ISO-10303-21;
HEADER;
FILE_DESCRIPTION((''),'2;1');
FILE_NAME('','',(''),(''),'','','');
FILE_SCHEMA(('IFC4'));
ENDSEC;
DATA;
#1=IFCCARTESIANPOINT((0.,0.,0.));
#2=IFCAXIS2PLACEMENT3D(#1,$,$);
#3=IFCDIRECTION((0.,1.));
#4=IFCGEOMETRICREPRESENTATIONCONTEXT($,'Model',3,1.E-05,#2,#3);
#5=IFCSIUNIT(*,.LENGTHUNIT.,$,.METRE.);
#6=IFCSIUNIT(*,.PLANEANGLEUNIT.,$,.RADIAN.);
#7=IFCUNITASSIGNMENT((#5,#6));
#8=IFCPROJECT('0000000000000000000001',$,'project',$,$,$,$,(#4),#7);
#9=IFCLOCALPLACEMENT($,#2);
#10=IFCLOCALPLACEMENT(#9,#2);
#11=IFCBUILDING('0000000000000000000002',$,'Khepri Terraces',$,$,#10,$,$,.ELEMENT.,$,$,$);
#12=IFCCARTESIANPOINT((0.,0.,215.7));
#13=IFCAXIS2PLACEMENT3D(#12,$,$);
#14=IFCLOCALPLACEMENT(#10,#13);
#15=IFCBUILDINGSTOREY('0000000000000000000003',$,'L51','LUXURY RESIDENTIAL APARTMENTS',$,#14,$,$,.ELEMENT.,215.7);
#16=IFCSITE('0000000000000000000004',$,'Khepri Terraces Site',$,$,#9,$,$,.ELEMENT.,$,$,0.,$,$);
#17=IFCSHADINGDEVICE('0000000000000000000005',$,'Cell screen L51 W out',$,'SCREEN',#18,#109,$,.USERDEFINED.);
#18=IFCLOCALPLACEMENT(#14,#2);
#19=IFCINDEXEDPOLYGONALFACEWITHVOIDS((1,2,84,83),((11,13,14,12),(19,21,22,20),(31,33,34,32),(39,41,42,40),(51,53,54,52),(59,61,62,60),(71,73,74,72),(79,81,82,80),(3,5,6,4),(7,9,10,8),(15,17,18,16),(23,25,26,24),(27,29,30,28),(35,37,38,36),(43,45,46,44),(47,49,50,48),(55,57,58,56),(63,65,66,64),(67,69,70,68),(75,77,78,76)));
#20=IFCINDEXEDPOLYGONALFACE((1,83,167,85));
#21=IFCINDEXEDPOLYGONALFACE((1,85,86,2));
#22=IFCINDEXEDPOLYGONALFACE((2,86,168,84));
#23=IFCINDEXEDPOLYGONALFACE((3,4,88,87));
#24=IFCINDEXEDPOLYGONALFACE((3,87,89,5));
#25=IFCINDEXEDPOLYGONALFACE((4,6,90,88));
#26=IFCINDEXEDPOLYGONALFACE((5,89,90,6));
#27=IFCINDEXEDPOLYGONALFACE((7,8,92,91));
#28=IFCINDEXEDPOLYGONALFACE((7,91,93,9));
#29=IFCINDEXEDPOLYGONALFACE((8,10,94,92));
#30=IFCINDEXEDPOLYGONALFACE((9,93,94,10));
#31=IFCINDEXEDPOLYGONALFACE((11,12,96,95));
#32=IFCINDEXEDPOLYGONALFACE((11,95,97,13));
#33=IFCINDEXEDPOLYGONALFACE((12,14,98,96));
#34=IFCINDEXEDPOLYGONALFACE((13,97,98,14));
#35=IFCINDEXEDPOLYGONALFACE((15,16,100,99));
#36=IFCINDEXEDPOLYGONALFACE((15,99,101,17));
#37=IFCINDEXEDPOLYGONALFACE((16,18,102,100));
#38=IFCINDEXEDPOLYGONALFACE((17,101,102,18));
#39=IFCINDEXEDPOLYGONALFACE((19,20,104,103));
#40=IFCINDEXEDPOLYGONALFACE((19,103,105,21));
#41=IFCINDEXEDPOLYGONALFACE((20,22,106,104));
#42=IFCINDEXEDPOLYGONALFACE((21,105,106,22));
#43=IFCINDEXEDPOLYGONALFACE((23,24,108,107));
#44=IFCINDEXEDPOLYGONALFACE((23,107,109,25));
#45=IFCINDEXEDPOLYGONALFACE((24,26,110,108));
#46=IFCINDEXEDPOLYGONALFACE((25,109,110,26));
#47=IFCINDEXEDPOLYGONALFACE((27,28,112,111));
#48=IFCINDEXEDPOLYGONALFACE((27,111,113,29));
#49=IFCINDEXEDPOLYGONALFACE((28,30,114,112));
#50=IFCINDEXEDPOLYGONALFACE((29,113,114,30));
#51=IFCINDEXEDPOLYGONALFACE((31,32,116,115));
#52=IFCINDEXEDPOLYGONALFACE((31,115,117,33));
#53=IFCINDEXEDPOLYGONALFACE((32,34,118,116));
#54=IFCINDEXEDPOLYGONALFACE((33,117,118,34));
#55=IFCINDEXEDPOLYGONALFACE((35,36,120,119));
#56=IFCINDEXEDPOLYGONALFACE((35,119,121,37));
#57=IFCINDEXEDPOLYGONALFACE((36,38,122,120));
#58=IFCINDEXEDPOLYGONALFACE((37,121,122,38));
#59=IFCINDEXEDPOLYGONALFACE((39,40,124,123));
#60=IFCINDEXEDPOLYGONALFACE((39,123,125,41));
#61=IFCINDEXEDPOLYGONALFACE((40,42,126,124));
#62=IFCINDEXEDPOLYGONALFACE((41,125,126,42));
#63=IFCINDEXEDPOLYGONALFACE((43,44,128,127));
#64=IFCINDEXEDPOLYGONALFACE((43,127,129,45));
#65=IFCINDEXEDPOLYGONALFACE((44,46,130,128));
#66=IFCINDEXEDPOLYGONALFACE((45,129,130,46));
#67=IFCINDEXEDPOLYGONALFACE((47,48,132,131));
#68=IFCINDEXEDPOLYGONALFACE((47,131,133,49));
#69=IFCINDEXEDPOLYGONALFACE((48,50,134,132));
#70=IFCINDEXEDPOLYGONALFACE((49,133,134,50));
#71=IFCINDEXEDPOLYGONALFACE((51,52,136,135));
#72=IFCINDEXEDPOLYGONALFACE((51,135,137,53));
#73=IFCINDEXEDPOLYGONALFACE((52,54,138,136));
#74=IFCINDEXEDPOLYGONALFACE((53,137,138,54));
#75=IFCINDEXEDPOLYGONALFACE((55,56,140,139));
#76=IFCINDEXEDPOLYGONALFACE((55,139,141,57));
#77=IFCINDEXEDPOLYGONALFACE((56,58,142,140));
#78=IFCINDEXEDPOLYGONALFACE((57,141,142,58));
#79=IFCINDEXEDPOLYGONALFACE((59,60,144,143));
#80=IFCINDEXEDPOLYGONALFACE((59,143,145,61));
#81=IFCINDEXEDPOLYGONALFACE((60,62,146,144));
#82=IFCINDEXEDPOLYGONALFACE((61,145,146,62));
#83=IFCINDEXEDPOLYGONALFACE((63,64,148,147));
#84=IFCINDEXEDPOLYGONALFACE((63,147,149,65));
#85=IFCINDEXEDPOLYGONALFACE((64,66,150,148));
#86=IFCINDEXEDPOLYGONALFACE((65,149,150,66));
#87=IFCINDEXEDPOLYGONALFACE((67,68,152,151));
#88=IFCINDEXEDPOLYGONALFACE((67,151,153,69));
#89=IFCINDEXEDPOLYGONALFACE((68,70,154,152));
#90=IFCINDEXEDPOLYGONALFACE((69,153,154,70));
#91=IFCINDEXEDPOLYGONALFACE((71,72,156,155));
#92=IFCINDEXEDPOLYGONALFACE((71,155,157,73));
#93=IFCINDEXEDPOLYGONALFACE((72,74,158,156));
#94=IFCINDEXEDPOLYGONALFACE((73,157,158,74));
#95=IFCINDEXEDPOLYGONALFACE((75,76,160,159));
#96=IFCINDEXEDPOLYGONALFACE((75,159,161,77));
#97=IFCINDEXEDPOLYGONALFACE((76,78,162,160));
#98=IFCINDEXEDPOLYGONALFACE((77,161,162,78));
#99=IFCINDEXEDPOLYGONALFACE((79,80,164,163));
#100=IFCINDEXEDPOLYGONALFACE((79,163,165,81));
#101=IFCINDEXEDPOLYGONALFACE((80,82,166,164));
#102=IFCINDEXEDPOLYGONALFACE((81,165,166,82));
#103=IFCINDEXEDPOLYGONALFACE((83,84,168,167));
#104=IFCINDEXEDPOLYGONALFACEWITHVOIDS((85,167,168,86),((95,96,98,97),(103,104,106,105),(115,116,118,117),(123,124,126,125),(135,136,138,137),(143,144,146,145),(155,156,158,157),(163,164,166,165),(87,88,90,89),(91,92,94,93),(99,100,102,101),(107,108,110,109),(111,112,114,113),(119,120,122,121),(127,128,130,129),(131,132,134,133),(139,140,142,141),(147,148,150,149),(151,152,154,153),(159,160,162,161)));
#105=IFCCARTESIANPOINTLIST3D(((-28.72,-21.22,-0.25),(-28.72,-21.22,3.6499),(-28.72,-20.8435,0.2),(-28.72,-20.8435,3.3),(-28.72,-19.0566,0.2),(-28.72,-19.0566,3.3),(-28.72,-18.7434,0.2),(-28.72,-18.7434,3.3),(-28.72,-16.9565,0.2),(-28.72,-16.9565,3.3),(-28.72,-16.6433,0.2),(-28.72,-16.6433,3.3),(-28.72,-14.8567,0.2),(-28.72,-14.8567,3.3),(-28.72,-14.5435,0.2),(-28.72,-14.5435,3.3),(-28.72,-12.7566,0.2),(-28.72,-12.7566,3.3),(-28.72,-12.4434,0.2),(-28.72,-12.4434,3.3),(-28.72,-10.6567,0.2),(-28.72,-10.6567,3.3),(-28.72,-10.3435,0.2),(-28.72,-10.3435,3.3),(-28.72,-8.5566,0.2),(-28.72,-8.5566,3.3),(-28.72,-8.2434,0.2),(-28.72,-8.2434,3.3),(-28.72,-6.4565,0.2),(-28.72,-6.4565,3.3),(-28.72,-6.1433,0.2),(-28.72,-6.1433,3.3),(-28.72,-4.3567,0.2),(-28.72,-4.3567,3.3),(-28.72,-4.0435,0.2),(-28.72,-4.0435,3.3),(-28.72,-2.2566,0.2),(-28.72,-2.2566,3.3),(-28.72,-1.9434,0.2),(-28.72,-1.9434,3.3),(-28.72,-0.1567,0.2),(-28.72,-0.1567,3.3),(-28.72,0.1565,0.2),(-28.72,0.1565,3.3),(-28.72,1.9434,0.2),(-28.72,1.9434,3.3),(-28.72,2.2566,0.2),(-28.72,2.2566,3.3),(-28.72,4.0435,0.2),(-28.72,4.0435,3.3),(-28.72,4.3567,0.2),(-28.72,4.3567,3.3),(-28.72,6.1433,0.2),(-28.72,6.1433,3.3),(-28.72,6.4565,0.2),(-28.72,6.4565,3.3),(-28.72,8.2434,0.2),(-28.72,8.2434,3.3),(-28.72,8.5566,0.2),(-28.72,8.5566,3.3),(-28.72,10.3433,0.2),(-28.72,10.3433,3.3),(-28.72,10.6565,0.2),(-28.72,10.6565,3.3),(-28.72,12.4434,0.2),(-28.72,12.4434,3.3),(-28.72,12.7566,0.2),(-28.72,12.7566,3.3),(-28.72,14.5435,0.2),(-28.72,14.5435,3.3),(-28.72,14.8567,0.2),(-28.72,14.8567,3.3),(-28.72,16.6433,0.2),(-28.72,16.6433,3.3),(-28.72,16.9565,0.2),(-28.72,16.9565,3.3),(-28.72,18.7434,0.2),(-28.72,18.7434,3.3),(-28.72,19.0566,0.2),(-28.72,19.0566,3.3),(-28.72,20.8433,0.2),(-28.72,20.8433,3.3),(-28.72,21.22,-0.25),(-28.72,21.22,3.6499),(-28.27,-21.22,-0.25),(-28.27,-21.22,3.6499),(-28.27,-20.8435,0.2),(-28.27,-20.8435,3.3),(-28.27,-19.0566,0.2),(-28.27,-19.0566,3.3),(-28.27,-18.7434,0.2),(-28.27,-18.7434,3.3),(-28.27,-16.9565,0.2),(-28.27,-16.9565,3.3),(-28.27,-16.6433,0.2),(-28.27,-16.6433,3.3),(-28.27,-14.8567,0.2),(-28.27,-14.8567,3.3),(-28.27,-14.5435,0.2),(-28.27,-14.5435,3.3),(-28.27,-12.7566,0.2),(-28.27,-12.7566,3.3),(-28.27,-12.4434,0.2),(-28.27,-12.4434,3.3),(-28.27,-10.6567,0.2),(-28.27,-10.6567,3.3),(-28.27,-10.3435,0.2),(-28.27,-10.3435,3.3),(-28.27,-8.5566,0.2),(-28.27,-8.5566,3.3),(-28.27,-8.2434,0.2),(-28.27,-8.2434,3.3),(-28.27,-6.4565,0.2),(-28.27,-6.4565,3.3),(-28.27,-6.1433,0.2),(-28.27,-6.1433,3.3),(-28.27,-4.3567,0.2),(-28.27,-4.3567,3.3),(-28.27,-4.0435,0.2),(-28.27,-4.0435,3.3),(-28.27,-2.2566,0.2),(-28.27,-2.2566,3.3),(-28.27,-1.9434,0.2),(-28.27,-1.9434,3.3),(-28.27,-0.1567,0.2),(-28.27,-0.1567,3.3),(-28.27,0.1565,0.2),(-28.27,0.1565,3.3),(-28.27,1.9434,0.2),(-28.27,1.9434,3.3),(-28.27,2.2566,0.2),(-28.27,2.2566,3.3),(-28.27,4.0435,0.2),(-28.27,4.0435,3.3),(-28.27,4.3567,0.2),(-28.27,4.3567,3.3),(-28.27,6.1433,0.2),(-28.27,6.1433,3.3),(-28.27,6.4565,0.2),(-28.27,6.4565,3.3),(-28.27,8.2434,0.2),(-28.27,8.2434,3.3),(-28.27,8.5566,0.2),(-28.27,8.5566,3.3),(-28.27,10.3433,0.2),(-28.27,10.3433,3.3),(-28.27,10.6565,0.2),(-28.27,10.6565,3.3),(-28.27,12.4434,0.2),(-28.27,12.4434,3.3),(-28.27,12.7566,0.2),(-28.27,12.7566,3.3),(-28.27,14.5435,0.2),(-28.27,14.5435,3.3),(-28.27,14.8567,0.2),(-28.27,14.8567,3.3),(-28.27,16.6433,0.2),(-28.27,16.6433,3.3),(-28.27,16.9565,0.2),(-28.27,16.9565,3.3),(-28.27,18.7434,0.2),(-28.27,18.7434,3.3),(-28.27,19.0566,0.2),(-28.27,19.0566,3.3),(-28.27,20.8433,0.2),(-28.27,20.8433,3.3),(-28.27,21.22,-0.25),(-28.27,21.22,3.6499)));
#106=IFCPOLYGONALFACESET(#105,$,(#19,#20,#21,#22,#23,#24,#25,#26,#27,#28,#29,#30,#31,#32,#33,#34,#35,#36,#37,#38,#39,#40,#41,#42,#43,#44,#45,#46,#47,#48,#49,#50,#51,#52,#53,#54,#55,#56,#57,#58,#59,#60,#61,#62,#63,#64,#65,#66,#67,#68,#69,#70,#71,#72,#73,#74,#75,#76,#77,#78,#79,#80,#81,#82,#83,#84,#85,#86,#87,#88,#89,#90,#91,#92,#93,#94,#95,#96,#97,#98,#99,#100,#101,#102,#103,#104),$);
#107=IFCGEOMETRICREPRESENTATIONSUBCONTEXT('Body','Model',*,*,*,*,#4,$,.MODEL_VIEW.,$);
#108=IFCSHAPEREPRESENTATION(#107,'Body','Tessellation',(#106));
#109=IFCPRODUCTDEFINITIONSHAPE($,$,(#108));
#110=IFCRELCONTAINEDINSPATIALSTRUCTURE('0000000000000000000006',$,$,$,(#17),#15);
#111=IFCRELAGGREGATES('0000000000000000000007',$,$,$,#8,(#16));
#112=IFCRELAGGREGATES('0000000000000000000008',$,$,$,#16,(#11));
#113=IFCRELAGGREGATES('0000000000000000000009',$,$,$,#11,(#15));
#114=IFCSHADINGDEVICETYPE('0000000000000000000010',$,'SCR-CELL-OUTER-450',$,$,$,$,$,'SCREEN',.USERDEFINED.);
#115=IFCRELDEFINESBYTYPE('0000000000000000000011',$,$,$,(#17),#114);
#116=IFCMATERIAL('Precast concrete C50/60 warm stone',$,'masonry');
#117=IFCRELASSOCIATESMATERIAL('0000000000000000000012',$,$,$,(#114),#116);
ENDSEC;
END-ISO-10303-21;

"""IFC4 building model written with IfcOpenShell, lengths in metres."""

from ifc_helpers import new_model, si_unit, direction, frame, origin, place, context, subcontext, project, spatial, polyline, outline, extrude, material, type_object, element, save


model = new_model("IFC4")

# Units and contexts
model_context = context("Model", 3, precision=1e-05, world=origin(), true_north=direction((0.0, 1.0)))
body_context = subcontext(model_context, "Body", "Model", "MODEL_VIEW")
ifc_project = project(units=[si_unit("LENGTHUNIT", "METRE"), si_unit("PLANEANGLEUNIT", "RADIAN")], contexts=[model_context])

# Site, building, storey
site_placement = place(None, origin())
site = spatial("IfcSite", under=ifc_project, at=site_placement, Name="Khepri Terraces Site", CompositionType="ELEMENT", RefElevation=0.0)
building_placement = place(site_placement, origin())
building = spatial("IfcBuilding", under=site, at=building_placement, Name="Khepri Terraces", CompositionType="ELEMENT")
storey_placement = place(building_placement, frame((0.0, 0.0, 215.7)))
storey = spatial("IfcBuildingStorey", under=building, at=storey_placement, Name="L51", Description="LUXURY RESIDENTIAL APARTMENTS", CompositionType="ELEMENT", Elevation=215.7)

# Shared definitions
ifc_material_1 = material(Name="Precast concrete C50/60 warm stone", Category="masonry")

# Shading device
shading_device_type_1 = type_object("IfcShadingDeviceType", Name="SCR-CELL-OUTER-450", ElementType="SCREEN", PredefinedType="USERDEFINED", material=ifc_material_1)
shading_device_1_placement = place(storey_placement, frame((-28.27, 21.22, -0.25), z_axis=(-1.0, 0.0, 0.0), x_axis=(0.0, -1.0, 0.0)))
element("IfcShadingDevice", 1, at=shading_device_1_placement, inside=storey, type_object=shading_device_type_1, Name="Cell screen L51 W out", ObjectType="SCREEN", PredefinedType="USERDEFINED", context=body_context, shape_type="SweptSolid", body=[
    extrude(outline(polyline([(0.0, 0.0), (42.4399, 0.0), (42.4399, 3.8999), (0.0, 3.8999), (0.0, 0.0)]), holes=[polyline([(0.3767, 0.45), (2.1633, 0.45), (2.1633, 3.55), (0.3767, 3.55), (0.3767, 0.45)]), polyline([(2.4766, 0.45), (4.2634, 0.45), (4.2634, 3.55), (2.4766, 3.55), (2.4766, 0.45)]), polyline([(4.5767, 0.45), (6.3633, 0.45), (6.3633, 3.55), (4.5767, 3.55), (4.5767, 0.45)]), polyline([(6.6765, 0.45), (8.4634, 0.45), (8.4634, 3.55), (6.6765, 3.55), (6.6765, 0.45)]), polyline([(8.7766, 0.45), (10.5635, 0.45), (10.5635, 3.55), (8.7766, 3.55), (8.7766, 0.45)]), polyline([(10.8767, 0.45), (12.6633, 0.45), (12.6633, 3.55), (10.8767, 3.55), (10.8767, 0.45)]), polyline([(12.9766, 0.45), (14.7634, 0.45), (14.7634, 3.55), (12.9766, 3.55), (12.9766, 0.45)]), polyline([(15.0767, 0.45), (16.8633, 0.45), (16.8633, 3.55), (15.0767, 3.55), (15.0767, 0.45)]), polyline([(17.1765, 0.45), (18.9634, 0.45), (18.9634, 3.55), (17.1765, 3.55), (17.1765, 0.45)]), polyline([(19.2766, 0.45), (21.0635, 0.45), (21.0635, 3.55), (19.2766, 3.55), (19.2766, 0.45)]), polyline([(21.3767, 0.45), (23.1633, 0.45), (23.1633, 3.55), (21.3767, 3.55), (21.3767, 0.45)]), polyline([(23.4766, 0.45), (25.2634, 0.45), (25.2634, 3.55), (23.4766, 3.55), (23.4766, 0.45)]), polyline([(25.5767, 0.45), (27.3633, 0.45), (27.3633, 3.55), (25.5767, 3.55), (25.5767, 0.45)]), polyline([(27.6765, 0.45), (29.4634, 0.45), (29.4634, 3.55), (27.6765, 3.55), (27.6765, 0.45)]), polyline([(29.7766, 0.45), (31.5635, 0.45), (31.5635, 3.55), (29.7766, 3.55), (29.7766, 0.45)]), polyline([(31.8767, 0.45), (33.6633, 0.45), (33.6633, 3.55), (31.8767, 3.55), (31.8767, 0.45)]), polyline([(33.9766, 0.45), (35.7634, 0.45), (35.7634, 3.55), (33.9766, 3.55), (33.9766, 0.45)]), polyline([(36.0767, 0.45), (37.8633, 0.45), (37.8633, 3.55), (36.0767, 3.55), (36.0767, 0.45)]), polyline([(38.1765, 0.45), (39.9634, 0.45), (39.9634, 3.55), (38.1765, 3.55), (38.1765, 0.45)]), polyline([(40.2766, 0.45), (42.0635, 0.45), (42.0635, 3.55), (40.2766, 3.55), (40.2766, 0.45)])]), origin(), (0.0, 0.0, 1.0), 0.45),
])

save(model, "model.ifc")
